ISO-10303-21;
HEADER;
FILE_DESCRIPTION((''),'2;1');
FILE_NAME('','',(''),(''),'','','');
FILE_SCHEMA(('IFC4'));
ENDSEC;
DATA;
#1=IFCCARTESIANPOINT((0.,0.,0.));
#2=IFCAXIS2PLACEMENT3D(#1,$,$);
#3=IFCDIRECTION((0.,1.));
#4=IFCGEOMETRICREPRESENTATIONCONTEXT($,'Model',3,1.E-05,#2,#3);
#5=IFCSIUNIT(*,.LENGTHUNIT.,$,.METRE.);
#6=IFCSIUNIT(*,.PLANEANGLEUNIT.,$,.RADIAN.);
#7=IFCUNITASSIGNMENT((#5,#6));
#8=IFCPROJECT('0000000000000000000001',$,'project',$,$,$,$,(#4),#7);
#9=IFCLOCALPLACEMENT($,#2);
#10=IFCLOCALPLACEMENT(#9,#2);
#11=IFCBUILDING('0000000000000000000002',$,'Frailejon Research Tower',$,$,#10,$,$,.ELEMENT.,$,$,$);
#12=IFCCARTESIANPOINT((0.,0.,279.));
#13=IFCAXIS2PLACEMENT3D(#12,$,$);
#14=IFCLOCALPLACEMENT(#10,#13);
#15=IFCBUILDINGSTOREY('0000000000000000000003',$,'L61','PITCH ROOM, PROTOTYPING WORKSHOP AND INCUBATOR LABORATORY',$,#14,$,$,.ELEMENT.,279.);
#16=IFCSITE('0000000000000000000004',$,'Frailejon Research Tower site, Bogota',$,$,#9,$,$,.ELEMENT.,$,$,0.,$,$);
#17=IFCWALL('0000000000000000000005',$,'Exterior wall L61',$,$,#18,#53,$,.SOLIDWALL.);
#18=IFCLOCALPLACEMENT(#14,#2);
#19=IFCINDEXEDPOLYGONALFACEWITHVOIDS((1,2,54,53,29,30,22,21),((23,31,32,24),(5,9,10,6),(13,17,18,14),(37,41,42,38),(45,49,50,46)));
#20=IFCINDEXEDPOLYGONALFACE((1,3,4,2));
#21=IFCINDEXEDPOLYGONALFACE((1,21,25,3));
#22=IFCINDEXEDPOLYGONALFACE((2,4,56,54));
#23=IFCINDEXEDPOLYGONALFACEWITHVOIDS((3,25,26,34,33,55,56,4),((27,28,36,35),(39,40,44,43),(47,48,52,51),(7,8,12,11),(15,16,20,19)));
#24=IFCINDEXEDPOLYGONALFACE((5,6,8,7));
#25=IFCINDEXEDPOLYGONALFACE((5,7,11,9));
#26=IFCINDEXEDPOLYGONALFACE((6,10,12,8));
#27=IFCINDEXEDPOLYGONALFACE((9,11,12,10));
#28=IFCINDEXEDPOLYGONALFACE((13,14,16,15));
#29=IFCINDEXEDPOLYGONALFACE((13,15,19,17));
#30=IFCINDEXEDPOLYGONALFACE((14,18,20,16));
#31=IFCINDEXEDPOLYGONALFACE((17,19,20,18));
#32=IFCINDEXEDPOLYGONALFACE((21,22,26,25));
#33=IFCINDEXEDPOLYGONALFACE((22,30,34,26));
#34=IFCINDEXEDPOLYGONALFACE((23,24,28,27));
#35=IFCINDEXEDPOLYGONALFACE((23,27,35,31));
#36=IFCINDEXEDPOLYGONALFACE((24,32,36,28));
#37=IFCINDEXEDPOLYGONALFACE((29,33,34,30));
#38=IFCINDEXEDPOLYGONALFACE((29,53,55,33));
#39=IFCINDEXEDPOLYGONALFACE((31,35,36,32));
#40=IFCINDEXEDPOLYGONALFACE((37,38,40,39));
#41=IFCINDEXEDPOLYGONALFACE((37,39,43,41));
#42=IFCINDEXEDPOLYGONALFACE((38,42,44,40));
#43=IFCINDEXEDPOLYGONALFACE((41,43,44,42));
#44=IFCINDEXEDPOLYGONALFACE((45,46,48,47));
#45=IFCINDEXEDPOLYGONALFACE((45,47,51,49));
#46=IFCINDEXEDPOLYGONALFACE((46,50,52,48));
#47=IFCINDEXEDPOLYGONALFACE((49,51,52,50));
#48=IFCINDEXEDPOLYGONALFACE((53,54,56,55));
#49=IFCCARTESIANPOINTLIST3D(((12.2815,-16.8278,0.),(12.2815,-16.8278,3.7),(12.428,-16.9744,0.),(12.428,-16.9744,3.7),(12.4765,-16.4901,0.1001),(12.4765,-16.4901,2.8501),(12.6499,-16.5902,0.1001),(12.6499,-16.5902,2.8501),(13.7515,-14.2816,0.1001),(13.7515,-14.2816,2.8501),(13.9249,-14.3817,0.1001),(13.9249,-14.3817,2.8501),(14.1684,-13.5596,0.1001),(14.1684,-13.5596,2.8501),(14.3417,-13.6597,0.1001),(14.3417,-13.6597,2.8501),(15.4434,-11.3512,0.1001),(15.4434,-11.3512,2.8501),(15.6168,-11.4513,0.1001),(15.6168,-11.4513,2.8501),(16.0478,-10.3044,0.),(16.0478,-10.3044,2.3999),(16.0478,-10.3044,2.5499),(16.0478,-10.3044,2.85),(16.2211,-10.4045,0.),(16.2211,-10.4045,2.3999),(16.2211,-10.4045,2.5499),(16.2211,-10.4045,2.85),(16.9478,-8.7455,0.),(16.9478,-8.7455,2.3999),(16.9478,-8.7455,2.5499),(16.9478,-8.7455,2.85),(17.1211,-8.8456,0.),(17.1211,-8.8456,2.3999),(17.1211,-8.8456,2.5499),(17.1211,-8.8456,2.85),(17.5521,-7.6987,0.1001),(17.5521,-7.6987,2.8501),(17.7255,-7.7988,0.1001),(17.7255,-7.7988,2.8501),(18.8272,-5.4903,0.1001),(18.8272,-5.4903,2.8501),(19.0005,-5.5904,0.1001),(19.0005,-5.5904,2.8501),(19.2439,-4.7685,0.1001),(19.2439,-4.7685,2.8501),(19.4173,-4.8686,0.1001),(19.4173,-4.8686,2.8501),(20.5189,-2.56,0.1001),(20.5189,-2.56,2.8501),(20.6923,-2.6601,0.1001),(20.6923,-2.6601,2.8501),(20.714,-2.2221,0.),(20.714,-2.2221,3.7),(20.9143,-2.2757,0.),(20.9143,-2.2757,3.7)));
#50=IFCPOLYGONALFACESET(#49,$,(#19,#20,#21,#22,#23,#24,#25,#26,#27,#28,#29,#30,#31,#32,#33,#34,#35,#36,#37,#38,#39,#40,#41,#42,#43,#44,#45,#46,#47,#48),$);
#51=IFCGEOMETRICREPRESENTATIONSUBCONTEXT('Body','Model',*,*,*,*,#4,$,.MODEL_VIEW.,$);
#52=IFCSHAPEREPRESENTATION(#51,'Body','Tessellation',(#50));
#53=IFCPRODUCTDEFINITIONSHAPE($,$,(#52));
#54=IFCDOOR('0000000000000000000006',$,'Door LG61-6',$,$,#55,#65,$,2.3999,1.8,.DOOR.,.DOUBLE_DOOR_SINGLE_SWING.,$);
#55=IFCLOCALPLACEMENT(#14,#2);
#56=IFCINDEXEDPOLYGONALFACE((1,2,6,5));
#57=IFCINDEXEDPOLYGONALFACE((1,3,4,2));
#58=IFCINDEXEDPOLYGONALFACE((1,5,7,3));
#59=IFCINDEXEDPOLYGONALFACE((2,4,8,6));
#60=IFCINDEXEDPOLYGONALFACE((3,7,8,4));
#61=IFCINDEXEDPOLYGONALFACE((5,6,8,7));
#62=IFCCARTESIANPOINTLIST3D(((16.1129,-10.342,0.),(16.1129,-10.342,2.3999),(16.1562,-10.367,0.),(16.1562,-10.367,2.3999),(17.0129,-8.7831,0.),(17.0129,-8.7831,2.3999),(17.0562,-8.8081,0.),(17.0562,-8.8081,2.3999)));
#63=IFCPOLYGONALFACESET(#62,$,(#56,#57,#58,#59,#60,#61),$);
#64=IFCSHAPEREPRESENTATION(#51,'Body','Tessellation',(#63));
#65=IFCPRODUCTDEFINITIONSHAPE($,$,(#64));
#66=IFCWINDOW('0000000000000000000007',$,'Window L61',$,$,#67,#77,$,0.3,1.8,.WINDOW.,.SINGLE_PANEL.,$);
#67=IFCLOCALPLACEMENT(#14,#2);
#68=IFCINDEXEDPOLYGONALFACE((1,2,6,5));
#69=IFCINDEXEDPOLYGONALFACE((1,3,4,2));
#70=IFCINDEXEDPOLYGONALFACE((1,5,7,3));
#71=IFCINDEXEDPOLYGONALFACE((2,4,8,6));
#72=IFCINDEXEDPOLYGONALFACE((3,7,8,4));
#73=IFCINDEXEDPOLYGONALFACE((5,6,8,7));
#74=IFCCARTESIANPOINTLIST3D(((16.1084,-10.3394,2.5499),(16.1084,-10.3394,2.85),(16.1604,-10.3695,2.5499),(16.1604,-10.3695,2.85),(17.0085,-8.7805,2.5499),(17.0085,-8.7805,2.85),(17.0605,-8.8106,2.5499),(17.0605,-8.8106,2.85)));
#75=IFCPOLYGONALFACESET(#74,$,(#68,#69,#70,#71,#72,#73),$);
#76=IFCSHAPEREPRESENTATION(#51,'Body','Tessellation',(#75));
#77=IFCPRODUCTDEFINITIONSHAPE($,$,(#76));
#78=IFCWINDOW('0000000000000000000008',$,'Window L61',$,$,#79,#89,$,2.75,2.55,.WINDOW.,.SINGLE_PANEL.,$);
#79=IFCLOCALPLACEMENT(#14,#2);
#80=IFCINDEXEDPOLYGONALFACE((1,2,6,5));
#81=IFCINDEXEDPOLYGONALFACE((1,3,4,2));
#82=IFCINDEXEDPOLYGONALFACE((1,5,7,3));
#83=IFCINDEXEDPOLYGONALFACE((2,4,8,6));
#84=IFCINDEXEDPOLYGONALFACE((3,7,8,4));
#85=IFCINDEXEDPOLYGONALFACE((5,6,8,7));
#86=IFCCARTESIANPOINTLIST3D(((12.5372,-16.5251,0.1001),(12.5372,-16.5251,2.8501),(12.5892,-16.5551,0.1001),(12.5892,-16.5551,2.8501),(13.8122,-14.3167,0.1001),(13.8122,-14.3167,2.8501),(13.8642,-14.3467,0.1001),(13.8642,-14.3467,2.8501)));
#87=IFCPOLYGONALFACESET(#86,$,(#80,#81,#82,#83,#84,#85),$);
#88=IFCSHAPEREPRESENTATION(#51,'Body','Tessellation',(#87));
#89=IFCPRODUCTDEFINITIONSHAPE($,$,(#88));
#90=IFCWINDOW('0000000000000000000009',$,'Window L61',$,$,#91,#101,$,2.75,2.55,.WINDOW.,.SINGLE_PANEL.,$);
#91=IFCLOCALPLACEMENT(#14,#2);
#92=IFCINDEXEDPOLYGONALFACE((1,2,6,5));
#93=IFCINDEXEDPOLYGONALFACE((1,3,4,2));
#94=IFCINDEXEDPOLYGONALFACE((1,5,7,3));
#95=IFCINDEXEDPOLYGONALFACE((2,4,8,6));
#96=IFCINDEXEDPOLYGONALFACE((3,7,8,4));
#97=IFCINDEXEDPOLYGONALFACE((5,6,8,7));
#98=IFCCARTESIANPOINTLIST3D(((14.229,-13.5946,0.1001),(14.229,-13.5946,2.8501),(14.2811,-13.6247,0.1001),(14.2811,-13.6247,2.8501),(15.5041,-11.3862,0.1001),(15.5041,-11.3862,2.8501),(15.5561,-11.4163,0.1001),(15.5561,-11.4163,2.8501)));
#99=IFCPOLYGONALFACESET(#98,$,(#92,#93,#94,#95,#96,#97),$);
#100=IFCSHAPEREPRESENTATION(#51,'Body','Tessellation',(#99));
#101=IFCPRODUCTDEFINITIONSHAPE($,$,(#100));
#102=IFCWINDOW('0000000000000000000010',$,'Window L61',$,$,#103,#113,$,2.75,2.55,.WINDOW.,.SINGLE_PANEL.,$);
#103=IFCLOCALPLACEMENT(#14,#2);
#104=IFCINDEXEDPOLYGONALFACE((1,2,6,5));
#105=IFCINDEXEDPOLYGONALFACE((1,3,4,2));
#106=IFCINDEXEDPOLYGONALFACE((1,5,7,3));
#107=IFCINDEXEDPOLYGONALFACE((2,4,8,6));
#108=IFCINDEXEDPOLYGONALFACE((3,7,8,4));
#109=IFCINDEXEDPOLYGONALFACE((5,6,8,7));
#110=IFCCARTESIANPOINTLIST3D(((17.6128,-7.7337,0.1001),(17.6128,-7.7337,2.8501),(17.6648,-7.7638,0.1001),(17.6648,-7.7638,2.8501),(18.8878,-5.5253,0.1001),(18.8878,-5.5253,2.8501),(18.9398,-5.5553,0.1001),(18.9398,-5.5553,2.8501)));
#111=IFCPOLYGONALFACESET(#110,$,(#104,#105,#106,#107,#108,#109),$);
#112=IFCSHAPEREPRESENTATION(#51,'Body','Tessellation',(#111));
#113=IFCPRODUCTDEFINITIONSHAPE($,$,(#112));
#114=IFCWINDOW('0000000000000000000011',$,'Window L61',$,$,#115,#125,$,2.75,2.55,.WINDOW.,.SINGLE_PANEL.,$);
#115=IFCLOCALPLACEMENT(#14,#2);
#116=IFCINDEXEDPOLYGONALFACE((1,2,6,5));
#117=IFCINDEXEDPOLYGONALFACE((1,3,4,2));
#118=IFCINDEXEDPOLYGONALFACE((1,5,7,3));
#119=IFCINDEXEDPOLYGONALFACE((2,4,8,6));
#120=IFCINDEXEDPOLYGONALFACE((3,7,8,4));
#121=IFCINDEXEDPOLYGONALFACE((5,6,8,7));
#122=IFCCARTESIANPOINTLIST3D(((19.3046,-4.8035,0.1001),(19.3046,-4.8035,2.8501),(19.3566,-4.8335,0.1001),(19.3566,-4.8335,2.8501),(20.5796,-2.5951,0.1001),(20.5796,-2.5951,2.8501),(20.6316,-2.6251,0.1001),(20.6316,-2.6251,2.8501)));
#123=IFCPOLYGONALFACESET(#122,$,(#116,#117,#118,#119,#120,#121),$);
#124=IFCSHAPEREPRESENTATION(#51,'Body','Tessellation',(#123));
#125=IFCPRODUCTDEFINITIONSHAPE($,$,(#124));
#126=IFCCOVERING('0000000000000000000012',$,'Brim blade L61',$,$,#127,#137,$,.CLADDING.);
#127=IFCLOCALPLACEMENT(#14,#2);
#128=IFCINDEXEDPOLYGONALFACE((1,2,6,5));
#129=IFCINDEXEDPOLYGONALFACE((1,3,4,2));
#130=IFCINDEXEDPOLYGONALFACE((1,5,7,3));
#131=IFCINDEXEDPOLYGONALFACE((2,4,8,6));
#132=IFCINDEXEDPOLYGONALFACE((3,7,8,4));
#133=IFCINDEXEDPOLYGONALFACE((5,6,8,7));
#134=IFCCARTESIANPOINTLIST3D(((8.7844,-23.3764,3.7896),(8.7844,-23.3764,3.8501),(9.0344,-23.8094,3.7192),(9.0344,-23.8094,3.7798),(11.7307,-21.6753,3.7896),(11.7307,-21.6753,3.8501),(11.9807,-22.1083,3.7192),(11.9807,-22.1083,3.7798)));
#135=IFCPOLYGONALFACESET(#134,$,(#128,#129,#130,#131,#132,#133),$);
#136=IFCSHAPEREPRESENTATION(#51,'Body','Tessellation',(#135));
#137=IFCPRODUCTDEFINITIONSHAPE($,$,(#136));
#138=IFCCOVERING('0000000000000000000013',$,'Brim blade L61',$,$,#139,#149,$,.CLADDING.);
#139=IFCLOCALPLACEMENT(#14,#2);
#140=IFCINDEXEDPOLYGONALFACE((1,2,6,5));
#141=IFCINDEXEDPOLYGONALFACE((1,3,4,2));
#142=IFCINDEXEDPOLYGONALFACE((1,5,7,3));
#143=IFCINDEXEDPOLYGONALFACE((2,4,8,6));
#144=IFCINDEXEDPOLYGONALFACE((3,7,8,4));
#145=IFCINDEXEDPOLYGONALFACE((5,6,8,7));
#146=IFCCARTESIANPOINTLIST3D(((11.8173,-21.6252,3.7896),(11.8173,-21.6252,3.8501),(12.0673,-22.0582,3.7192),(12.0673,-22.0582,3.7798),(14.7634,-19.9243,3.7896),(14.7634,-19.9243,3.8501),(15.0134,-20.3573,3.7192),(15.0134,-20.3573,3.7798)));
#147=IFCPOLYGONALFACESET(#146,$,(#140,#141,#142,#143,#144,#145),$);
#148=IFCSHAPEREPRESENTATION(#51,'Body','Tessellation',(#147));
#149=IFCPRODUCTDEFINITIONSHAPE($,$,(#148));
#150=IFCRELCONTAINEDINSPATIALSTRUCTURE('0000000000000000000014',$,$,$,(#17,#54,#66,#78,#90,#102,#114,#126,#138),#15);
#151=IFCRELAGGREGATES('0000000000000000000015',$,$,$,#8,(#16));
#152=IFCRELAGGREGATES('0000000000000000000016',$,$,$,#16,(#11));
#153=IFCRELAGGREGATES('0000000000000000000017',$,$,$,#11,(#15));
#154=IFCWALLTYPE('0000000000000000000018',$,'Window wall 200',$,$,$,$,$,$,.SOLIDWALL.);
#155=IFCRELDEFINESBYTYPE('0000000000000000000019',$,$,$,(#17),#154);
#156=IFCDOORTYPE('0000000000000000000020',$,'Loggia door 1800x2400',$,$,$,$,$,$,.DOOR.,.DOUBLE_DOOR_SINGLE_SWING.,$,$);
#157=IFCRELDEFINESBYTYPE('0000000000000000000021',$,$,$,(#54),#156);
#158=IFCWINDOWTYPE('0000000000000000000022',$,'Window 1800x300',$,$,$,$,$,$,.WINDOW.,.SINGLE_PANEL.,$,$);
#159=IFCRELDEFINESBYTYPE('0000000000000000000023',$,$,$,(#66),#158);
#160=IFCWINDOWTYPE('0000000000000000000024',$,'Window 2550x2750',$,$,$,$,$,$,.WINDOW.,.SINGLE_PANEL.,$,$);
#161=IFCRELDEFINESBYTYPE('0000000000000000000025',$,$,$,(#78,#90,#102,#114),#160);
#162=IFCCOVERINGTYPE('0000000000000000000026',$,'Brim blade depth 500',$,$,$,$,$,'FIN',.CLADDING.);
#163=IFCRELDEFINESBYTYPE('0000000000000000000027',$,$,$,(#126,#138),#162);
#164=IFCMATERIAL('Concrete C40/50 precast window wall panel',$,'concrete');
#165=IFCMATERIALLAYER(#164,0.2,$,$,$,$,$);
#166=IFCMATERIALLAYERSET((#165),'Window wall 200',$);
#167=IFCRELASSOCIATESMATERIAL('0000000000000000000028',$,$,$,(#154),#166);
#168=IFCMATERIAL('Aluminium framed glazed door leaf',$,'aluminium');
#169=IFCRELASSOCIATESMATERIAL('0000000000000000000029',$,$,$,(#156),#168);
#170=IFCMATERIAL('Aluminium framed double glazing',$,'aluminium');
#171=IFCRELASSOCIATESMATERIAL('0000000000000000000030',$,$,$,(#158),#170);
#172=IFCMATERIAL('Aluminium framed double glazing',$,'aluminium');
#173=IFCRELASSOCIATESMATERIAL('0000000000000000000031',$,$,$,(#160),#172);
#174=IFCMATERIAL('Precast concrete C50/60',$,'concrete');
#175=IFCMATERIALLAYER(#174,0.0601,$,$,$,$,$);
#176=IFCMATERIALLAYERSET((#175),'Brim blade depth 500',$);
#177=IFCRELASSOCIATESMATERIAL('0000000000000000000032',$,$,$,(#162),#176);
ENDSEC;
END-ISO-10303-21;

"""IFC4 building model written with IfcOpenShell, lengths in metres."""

from ifc_helpers import new_model, si_unit, direction, frame, frame_2d, origin, place, context, subcontext, project, spatial, polyline, rectangle, outline, extrude, material, layer, layer_set, type_object, element, fill, save


model = new_model("IFC4")

# Units and contexts
model_context = context("Model", 3, precision=1e-05, world=origin(), true_north=direction((0.0, 1.0)))
body_context = subcontext(model_context, "Body", "Model", "MODEL_VIEW")
ifc_project = project(units=[si_unit("LENGTHUNIT", "METRE"), si_unit("PLANEANGLEUNIT", "RADIAN")], contexts=[model_context])

# Site, building, storey
site_placement = place(None, origin())
site = spatial("IfcSite", under=ifc_project, at=site_placement, Name="Frailejon Research Tower site, Bogota", CompositionType="ELEMENT", RefElevation=0.0)
building_placement = place(site_placement, origin())
building = spatial("IfcBuilding", under=site, at=building_placement, Name="Frailejon Research Tower", CompositionType="ELEMENT")
storey_placement = place(building_placement, frame((0.0, 0.0, 279.0)))
storey = spatial("IfcBuildingStorey", under=building, at=storey_placement, Name="L61", Description="PITCH ROOM, PROTOTYPING WORKSHOP AND INCUBATOR LABORATORY", CompositionType="ELEMENT", Elevation=279.0)

# Wall, openings, door, windows
ifc_material_1 = material(Name="Concrete C40/50 precast window wall panel", Category="concrete")
ifc_layer_1 = layer(ifc_material_1, 0.2)
ifc_layer_set_1 = layer_set([ifc_layer_1], Name="Window wall 200")
wall_type = type_object("IfcWallType", Name="Window wall 200", PredefinedType="SOLIDWALL", material=ifc_layer_set_1)
wall_placement = place(storey_placement, frame((12.3547, -16.9011, 0.0), z_axis=(0.0, 0.0, 1.0), x_axis=(0.499997, 0.866027, 0.0)))
wall = element("IfcWall", 1, at=wall_placement, inside=storey, type_object=wall_type, Name="Exterior wall L61", PredefinedType="SOLIDWALL", context=body_context, shape_type="SweptSolid", body=[
    extrude(outline(polyline([(-0.0269, -0.1001), (1.0339, -0.1001), (2.0947, -0.1001), (3.1555, -0.1001), (4.2163, -0.1001), (5.2771, -0.1001), (6.3379, -0.1001), (7.3987, -0.1001), (8.4595, -0.1001), (9.5203, -0.1001), (10.5811, -0.1001), (11.6418, -0.1001), (12.7026, -0.1001), (13.7634, -0.1001), (14.8242, -0.1001), (15.885, -0.1001), (16.9458, -0.1001), (16.8921, 0.1001), (15.8379, 0.1001), (14.7839, 0.1001), (13.73, 0.1001), (12.6758, 0.1001), (11.6216, 0.1001), (10.5676, 0.1001), (9.5137, 0.1001), (8.4595, 0.1001), (7.4053, 0.1001), (6.3513, 0.1001), (5.2974, 0.1001), (4.2432, 0.1001), (3.189, 0.1001), (2.135, 0.1001), (1.0811, 0.1001), (0.0269, 0.1001), (-0.0269, -0.1001)])), origin(), (0.0, 0.0, 1.0), 3.7),
])
opening_1_placement = place(wall_placement, frame((0.417, 0.0, 0.1001)))
opening_1 = element("IfcOpeningElement", 2, at=opening_1_placement, cuts=wall, PredefinedType="OPENING", context=body_context, shape_type="SweptSolid", body=[
    extrude(rectangle(XDim=2.55, YDim=2.75, at=frame_2d((1.2749, 1.375))), frame((0.0, 0.1099, 0.0), z_axis=(0.0, -1.0, 0.0), x_axis=(1.0, 0.0, 0.0)), (0.0, 0.0, 1.0), 0.22),
])
opening_2_placement = place(wall_placement, frame((3.8008, 0.0, 0.1001)))
opening_2 = element("IfcOpeningElement", 3, at=opening_2_placement, cuts=wall, PredefinedType="OPENING", context=body_context, shape_type="SweptSolid", body=[
    extrude(rectangle(XDim=2.55, YDim=2.75, at=frame_2d((1.2749, 1.375))), frame((0.0, 0.1099, 0.0), z_axis=(0.0, -1.0, 0.0), x_axis=(1.0, 0.0, 0.0)), (0.0, 0.0, 1.0), 0.22),
])
opening_3_placement = place(wall_placement, frame((7.5596, 0.0, 0.0)))
opening_3 = element("IfcOpeningElement", 4, at=opening_3_placement, cuts=wall, PredefinedType="OPENING", context=body_context, shape_type="SweptSolid", body=[
    extrude(rectangle(XDim=1.8, YDim=2.3999, at=frame_2d((0.8999, 1.2))), frame((0.0, 0.1099, 0.0), z_axis=(0.0, -1.0, 0.0), x_axis=(1.0, 0.0, 0.0)), (0.0, 0.0, 1.0), 0.22),
])
opening_4_placement = place(wall_placement, frame((7.5596, 0.0, 2.55)))
opening_4 = element("IfcOpeningElement", 5, at=opening_4_placement, cuts=wall, PredefinedType="OPENING", context=body_context, shape_type="SweptSolid", body=[
    extrude(rectangle(XDim=1.8, YDim=0.3, at=frame_2d((0.8999, 0.1499))), frame((0.0, 0.1099, 0.0), z_axis=(0.0, -1.0, 0.0), x_axis=(1.0, 0.0, 0.0)), (0.0, 0.0, 1.0), 0.22),
])
opening_5_placement = place(wall_placement, frame((10.5684, 0.0, 0.1001)))
opening_5 = element("IfcOpeningElement", 6, at=opening_5_placement, cuts=wall, PredefinedType="OPENING", context=body_context, shape_type="SweptSolid", body=[
    extrude(rectangle(XDim=2.55, YDim=2.75, at=frame_2d((1.2749, 1.375))), frame((0.0, 0.1099, 0.0), z_axis=(0.0, -1.0, 0.0), x_axis=(1.0, 0.0, 0.0)), (0.0, 0.0, 1.0), 0.22),
])
opening_6_placement = place(wall_placement, frame((13.9519, 0.0, 0.1001)))
opening_6 = element("IfcOpeningElement", 7, at=opening_6_placement, cuts=wall, PredefinedType="OPENING", context=body_context, shape_type="SweptSolid", body=[
    extrude(rectangle(XDim=2.55, YDim=2.75, at=frame_2d((1.2749, 1.375))), frame((0.0, 0.1099, 0.0), z_axis=(0.0, -1.0, 0.0), x_axis=(1.0, 0.0, 0.0)), (0.0, 0.0, 1.0), 0.22),
])
ifc_material_2 = material(Name="Aluminium framed glazed door leaf", Category="aluminium")
door_type = type_object("IfcDoorType", Name="Loggia door 1800x2400", OperationType="DOUBLE_DOOR_SINGLE_SWING", PredefinedType="DOOR", material=ifc_material_2)
door_placement = place(opening_3_placement, origin())
door = element("IfcDoor", 8, at=door_placement, inside=storey, type_object=door_type, Name="Door LG61-6", OperationType="DOUBLE_DOOR_SINGLE_SWING", OverallHeight=2.3999, OverallWidth=1.8, PredefinedType="DOOR", context=body_context, shape_type="SweptSolid", body=[
    extrude(rectangle(XDim=1.8, YDim=2.3999, at=frame_2d((0.8999, 1.2))), frame((0.0, 0.0249, 0.0), z_axis=(0.0, -1.0, 0.0), x_axis=(1.0, 0.0, 0.0)), (0.0, 0.0, 1.0), 0.05),
])
fill(opening_3, door)
ifc_material_3 = material(Name="Aluminium framed double glazing", Category="aluminium")
window_type_1 = type_object("IfcWindowType", Name="Window 1800x300", PartitioningType="SINGLE_PANEL", PredefinedType="WINDOW", material=ifc_material_3)
window_1_placement = place(opening_4_placement, origin())
window_1 = element("IfcWindow", 9, at=window_1_placement, inside=storey, type_object=window_type_1, Name="Window L61", OverallHeight=0.3, OverallWidth=1.8, PartitioningType="SINGLE_PANEL", PredefinedType="WINDOW", context=body_context, shape_type="SweptSolid", body=[
    extrude(rectangle(XDim=1.8, YDim=0.3, at=frame_2d((0.8999, 0.1499))), frame((0.0, 0.03, 0.0), z_axis=(0.0, -1.0, 0.0), x_axis=(1.0, 0.0, 0.0)), (0.0, 0.0, 1.0), 0.0601),
])
fill(opening_4, window_1)
ifc_material_4 = material(Name="Aluminium framed double glazing", Category="aluminium")
window_type_2 = type_object("IfcWindowType", Name="Window 2550x2750", PartitioningType="SINGLE_PANEL", PredefinedType="WINDOW", material=ifc_material_4)
window_2_placement = place(opening_1_placement, origin())
window_2 = element("IfcWindow", 10, at=window_2_placement, inside=storey, type_object=window_type_2, Name="Window L61", OverallHeight=2.75, OverallWidth=2.55, PartitioningType="SINGLE_PANEL", PredefinedType="WINDOW", context=body_context, shape_type="SweptSolid", body=[
    extrude(rectangle(XDim=2.55, YDim=2.75, at=frame_2d((1.2749, 1.375))), frame((0.0, 0.03, 0.0), z_axis=(0.0, -1.0, 0.0), x_axis=(1.0, 0.0, 0.0)), (0.0, 0.0, 1.0), 0.0601),
])
fill(opening_1, window_2)
window_3_placement = place(opening_2_placement, origin())
window_3 = element("IfcWindow", 11, at=window_3_placement, inside=storey, type_object=window_type_2, Name="Window L61", OverallHeight=2.75, OverallWidth=2.55, PartitioningType="SINGLE_PANEL", PredefinedType="WINDOW", context=body_context, shape_type="SweptSolid", body=[
    extrude(rectangle(XDim=2.55, YDim=2.75, at=frame_2d((1.2749, 1.375))), frame((0.0, 0.03, 0.0), z_axis=(0.0, -1.0, 0.0), x_axis=(1.0, 0.0, 0.0)), (0.0, 0.0, 1.0), 0.0601),
])
fill(opening_2, window_3)
window_4_placement = place(opening_5_placement, origin())
window_4 = element("IfcWindow", 12, at=window_4_placement, inside=storey, type_object=window_type_2, Name="Window L61", OverallHeight=2.75, OverallWidth=2.55, PartitioningType="SINGLE_PANEL", PredefinedType="WINDOW", context=body_context, shape_type="SweptSolid", body=[
    extrude(rectangle(XDim=2.55, YDim=2.75, at=frame_2d((1.2749, 1.375))), frame((0.0, 0.03, 0.0), z_axis=(0.0, -1.0, 0.0), x_axis=(1.0, 0.0, 0.0)), (0.0, 0.0, 1.0), 0.0601),
])
fill(opening_5, window_4)
window_5_placement = place(opening_6_placement, origin())
window_5 = element("IfcWindow", 13, at=window_5_placement, inside=storey, type_object=window_type_2, Name="Window L61", OverallHeight=2.75, OverallWidth=2.55, PartitioningType="SINGLE_PANEL", PredefinedType="WINDOW", context=body_context, shape_type="SweptSolid", body=[
    extrude(rectangle(XDim=2.55, YDim=2.75, at=frame_2d((1.2749, 1.375))), frame((0.0, 0.03, 0.0), z_axis=(0.0, -1.0, 0.0), x_axis=(1.0, 0.0, 0.0)), (0.0, 0.0, 1.0), 0.0601),
])
fill(opening_6, window_5)

# Coverings
ifc_material_5 = material(Name="Precast concrete C50/60", Category="concrete")
ifc_layer_2 = layer(ifc_material_5, 0.0601)
ifc_layer_set_2 = layer_set([ifc_layer_2], Name="Brim blade depth 500")
covering_type_1 = type_object("IfcCoveringType", Name="Brim blade depth 500", ElementType="FIN", PredefinedType="CLADDING", material=ifc_layer_set_2)
covering_1_placement = place(storey_placement, frame((11.7307, -21.6753, 3.8501), z_axis=(-0.866024, -0.500003, 0.0), x_axis=(0.500003, -0.866024, 0.0)))
element("IfcCovering", 14, at=covering_1_placement, inside=storey, type_object=covering_type_1, Name="Brim blade L61", PredefinedType="CLADDING", context=body_context, shape_type="SweptSolid", body=[
    extrude(outline(polyline([(0.0, -0.0605), (0.5, -0.1309), (0.5, -0.0703), (0.0, 0.0), (0.0, -0.0605)])), origin(), (0.0, 0.0, 1.0), 3.4021),
])
covering_2_placement = place(storey_placement, frame((14.7634, -19.9243, 3.8501), z_axis=(-0.866036, -0.499981, 0.0), x_axis=(0.499981, -0.866036, 0.0)))
element("IfcCovering", 15, at=covering_2_placement, inside=storey, type_object=covering_type_1, Name="Brim blade L61", PredefinedType="CLADDING", context=body_context, shape_type="SweptSolid", body=[
    extrude(outline(polyline([(0.0, -0.0605), (0.5, -0.1309), (0.5, -0.0703), (0.0, 0.0), (0.0, -0.0605)])), origin(), (0.0, 0.0, 1.0), 3.4019),
])

save(model, "model.ifc")
